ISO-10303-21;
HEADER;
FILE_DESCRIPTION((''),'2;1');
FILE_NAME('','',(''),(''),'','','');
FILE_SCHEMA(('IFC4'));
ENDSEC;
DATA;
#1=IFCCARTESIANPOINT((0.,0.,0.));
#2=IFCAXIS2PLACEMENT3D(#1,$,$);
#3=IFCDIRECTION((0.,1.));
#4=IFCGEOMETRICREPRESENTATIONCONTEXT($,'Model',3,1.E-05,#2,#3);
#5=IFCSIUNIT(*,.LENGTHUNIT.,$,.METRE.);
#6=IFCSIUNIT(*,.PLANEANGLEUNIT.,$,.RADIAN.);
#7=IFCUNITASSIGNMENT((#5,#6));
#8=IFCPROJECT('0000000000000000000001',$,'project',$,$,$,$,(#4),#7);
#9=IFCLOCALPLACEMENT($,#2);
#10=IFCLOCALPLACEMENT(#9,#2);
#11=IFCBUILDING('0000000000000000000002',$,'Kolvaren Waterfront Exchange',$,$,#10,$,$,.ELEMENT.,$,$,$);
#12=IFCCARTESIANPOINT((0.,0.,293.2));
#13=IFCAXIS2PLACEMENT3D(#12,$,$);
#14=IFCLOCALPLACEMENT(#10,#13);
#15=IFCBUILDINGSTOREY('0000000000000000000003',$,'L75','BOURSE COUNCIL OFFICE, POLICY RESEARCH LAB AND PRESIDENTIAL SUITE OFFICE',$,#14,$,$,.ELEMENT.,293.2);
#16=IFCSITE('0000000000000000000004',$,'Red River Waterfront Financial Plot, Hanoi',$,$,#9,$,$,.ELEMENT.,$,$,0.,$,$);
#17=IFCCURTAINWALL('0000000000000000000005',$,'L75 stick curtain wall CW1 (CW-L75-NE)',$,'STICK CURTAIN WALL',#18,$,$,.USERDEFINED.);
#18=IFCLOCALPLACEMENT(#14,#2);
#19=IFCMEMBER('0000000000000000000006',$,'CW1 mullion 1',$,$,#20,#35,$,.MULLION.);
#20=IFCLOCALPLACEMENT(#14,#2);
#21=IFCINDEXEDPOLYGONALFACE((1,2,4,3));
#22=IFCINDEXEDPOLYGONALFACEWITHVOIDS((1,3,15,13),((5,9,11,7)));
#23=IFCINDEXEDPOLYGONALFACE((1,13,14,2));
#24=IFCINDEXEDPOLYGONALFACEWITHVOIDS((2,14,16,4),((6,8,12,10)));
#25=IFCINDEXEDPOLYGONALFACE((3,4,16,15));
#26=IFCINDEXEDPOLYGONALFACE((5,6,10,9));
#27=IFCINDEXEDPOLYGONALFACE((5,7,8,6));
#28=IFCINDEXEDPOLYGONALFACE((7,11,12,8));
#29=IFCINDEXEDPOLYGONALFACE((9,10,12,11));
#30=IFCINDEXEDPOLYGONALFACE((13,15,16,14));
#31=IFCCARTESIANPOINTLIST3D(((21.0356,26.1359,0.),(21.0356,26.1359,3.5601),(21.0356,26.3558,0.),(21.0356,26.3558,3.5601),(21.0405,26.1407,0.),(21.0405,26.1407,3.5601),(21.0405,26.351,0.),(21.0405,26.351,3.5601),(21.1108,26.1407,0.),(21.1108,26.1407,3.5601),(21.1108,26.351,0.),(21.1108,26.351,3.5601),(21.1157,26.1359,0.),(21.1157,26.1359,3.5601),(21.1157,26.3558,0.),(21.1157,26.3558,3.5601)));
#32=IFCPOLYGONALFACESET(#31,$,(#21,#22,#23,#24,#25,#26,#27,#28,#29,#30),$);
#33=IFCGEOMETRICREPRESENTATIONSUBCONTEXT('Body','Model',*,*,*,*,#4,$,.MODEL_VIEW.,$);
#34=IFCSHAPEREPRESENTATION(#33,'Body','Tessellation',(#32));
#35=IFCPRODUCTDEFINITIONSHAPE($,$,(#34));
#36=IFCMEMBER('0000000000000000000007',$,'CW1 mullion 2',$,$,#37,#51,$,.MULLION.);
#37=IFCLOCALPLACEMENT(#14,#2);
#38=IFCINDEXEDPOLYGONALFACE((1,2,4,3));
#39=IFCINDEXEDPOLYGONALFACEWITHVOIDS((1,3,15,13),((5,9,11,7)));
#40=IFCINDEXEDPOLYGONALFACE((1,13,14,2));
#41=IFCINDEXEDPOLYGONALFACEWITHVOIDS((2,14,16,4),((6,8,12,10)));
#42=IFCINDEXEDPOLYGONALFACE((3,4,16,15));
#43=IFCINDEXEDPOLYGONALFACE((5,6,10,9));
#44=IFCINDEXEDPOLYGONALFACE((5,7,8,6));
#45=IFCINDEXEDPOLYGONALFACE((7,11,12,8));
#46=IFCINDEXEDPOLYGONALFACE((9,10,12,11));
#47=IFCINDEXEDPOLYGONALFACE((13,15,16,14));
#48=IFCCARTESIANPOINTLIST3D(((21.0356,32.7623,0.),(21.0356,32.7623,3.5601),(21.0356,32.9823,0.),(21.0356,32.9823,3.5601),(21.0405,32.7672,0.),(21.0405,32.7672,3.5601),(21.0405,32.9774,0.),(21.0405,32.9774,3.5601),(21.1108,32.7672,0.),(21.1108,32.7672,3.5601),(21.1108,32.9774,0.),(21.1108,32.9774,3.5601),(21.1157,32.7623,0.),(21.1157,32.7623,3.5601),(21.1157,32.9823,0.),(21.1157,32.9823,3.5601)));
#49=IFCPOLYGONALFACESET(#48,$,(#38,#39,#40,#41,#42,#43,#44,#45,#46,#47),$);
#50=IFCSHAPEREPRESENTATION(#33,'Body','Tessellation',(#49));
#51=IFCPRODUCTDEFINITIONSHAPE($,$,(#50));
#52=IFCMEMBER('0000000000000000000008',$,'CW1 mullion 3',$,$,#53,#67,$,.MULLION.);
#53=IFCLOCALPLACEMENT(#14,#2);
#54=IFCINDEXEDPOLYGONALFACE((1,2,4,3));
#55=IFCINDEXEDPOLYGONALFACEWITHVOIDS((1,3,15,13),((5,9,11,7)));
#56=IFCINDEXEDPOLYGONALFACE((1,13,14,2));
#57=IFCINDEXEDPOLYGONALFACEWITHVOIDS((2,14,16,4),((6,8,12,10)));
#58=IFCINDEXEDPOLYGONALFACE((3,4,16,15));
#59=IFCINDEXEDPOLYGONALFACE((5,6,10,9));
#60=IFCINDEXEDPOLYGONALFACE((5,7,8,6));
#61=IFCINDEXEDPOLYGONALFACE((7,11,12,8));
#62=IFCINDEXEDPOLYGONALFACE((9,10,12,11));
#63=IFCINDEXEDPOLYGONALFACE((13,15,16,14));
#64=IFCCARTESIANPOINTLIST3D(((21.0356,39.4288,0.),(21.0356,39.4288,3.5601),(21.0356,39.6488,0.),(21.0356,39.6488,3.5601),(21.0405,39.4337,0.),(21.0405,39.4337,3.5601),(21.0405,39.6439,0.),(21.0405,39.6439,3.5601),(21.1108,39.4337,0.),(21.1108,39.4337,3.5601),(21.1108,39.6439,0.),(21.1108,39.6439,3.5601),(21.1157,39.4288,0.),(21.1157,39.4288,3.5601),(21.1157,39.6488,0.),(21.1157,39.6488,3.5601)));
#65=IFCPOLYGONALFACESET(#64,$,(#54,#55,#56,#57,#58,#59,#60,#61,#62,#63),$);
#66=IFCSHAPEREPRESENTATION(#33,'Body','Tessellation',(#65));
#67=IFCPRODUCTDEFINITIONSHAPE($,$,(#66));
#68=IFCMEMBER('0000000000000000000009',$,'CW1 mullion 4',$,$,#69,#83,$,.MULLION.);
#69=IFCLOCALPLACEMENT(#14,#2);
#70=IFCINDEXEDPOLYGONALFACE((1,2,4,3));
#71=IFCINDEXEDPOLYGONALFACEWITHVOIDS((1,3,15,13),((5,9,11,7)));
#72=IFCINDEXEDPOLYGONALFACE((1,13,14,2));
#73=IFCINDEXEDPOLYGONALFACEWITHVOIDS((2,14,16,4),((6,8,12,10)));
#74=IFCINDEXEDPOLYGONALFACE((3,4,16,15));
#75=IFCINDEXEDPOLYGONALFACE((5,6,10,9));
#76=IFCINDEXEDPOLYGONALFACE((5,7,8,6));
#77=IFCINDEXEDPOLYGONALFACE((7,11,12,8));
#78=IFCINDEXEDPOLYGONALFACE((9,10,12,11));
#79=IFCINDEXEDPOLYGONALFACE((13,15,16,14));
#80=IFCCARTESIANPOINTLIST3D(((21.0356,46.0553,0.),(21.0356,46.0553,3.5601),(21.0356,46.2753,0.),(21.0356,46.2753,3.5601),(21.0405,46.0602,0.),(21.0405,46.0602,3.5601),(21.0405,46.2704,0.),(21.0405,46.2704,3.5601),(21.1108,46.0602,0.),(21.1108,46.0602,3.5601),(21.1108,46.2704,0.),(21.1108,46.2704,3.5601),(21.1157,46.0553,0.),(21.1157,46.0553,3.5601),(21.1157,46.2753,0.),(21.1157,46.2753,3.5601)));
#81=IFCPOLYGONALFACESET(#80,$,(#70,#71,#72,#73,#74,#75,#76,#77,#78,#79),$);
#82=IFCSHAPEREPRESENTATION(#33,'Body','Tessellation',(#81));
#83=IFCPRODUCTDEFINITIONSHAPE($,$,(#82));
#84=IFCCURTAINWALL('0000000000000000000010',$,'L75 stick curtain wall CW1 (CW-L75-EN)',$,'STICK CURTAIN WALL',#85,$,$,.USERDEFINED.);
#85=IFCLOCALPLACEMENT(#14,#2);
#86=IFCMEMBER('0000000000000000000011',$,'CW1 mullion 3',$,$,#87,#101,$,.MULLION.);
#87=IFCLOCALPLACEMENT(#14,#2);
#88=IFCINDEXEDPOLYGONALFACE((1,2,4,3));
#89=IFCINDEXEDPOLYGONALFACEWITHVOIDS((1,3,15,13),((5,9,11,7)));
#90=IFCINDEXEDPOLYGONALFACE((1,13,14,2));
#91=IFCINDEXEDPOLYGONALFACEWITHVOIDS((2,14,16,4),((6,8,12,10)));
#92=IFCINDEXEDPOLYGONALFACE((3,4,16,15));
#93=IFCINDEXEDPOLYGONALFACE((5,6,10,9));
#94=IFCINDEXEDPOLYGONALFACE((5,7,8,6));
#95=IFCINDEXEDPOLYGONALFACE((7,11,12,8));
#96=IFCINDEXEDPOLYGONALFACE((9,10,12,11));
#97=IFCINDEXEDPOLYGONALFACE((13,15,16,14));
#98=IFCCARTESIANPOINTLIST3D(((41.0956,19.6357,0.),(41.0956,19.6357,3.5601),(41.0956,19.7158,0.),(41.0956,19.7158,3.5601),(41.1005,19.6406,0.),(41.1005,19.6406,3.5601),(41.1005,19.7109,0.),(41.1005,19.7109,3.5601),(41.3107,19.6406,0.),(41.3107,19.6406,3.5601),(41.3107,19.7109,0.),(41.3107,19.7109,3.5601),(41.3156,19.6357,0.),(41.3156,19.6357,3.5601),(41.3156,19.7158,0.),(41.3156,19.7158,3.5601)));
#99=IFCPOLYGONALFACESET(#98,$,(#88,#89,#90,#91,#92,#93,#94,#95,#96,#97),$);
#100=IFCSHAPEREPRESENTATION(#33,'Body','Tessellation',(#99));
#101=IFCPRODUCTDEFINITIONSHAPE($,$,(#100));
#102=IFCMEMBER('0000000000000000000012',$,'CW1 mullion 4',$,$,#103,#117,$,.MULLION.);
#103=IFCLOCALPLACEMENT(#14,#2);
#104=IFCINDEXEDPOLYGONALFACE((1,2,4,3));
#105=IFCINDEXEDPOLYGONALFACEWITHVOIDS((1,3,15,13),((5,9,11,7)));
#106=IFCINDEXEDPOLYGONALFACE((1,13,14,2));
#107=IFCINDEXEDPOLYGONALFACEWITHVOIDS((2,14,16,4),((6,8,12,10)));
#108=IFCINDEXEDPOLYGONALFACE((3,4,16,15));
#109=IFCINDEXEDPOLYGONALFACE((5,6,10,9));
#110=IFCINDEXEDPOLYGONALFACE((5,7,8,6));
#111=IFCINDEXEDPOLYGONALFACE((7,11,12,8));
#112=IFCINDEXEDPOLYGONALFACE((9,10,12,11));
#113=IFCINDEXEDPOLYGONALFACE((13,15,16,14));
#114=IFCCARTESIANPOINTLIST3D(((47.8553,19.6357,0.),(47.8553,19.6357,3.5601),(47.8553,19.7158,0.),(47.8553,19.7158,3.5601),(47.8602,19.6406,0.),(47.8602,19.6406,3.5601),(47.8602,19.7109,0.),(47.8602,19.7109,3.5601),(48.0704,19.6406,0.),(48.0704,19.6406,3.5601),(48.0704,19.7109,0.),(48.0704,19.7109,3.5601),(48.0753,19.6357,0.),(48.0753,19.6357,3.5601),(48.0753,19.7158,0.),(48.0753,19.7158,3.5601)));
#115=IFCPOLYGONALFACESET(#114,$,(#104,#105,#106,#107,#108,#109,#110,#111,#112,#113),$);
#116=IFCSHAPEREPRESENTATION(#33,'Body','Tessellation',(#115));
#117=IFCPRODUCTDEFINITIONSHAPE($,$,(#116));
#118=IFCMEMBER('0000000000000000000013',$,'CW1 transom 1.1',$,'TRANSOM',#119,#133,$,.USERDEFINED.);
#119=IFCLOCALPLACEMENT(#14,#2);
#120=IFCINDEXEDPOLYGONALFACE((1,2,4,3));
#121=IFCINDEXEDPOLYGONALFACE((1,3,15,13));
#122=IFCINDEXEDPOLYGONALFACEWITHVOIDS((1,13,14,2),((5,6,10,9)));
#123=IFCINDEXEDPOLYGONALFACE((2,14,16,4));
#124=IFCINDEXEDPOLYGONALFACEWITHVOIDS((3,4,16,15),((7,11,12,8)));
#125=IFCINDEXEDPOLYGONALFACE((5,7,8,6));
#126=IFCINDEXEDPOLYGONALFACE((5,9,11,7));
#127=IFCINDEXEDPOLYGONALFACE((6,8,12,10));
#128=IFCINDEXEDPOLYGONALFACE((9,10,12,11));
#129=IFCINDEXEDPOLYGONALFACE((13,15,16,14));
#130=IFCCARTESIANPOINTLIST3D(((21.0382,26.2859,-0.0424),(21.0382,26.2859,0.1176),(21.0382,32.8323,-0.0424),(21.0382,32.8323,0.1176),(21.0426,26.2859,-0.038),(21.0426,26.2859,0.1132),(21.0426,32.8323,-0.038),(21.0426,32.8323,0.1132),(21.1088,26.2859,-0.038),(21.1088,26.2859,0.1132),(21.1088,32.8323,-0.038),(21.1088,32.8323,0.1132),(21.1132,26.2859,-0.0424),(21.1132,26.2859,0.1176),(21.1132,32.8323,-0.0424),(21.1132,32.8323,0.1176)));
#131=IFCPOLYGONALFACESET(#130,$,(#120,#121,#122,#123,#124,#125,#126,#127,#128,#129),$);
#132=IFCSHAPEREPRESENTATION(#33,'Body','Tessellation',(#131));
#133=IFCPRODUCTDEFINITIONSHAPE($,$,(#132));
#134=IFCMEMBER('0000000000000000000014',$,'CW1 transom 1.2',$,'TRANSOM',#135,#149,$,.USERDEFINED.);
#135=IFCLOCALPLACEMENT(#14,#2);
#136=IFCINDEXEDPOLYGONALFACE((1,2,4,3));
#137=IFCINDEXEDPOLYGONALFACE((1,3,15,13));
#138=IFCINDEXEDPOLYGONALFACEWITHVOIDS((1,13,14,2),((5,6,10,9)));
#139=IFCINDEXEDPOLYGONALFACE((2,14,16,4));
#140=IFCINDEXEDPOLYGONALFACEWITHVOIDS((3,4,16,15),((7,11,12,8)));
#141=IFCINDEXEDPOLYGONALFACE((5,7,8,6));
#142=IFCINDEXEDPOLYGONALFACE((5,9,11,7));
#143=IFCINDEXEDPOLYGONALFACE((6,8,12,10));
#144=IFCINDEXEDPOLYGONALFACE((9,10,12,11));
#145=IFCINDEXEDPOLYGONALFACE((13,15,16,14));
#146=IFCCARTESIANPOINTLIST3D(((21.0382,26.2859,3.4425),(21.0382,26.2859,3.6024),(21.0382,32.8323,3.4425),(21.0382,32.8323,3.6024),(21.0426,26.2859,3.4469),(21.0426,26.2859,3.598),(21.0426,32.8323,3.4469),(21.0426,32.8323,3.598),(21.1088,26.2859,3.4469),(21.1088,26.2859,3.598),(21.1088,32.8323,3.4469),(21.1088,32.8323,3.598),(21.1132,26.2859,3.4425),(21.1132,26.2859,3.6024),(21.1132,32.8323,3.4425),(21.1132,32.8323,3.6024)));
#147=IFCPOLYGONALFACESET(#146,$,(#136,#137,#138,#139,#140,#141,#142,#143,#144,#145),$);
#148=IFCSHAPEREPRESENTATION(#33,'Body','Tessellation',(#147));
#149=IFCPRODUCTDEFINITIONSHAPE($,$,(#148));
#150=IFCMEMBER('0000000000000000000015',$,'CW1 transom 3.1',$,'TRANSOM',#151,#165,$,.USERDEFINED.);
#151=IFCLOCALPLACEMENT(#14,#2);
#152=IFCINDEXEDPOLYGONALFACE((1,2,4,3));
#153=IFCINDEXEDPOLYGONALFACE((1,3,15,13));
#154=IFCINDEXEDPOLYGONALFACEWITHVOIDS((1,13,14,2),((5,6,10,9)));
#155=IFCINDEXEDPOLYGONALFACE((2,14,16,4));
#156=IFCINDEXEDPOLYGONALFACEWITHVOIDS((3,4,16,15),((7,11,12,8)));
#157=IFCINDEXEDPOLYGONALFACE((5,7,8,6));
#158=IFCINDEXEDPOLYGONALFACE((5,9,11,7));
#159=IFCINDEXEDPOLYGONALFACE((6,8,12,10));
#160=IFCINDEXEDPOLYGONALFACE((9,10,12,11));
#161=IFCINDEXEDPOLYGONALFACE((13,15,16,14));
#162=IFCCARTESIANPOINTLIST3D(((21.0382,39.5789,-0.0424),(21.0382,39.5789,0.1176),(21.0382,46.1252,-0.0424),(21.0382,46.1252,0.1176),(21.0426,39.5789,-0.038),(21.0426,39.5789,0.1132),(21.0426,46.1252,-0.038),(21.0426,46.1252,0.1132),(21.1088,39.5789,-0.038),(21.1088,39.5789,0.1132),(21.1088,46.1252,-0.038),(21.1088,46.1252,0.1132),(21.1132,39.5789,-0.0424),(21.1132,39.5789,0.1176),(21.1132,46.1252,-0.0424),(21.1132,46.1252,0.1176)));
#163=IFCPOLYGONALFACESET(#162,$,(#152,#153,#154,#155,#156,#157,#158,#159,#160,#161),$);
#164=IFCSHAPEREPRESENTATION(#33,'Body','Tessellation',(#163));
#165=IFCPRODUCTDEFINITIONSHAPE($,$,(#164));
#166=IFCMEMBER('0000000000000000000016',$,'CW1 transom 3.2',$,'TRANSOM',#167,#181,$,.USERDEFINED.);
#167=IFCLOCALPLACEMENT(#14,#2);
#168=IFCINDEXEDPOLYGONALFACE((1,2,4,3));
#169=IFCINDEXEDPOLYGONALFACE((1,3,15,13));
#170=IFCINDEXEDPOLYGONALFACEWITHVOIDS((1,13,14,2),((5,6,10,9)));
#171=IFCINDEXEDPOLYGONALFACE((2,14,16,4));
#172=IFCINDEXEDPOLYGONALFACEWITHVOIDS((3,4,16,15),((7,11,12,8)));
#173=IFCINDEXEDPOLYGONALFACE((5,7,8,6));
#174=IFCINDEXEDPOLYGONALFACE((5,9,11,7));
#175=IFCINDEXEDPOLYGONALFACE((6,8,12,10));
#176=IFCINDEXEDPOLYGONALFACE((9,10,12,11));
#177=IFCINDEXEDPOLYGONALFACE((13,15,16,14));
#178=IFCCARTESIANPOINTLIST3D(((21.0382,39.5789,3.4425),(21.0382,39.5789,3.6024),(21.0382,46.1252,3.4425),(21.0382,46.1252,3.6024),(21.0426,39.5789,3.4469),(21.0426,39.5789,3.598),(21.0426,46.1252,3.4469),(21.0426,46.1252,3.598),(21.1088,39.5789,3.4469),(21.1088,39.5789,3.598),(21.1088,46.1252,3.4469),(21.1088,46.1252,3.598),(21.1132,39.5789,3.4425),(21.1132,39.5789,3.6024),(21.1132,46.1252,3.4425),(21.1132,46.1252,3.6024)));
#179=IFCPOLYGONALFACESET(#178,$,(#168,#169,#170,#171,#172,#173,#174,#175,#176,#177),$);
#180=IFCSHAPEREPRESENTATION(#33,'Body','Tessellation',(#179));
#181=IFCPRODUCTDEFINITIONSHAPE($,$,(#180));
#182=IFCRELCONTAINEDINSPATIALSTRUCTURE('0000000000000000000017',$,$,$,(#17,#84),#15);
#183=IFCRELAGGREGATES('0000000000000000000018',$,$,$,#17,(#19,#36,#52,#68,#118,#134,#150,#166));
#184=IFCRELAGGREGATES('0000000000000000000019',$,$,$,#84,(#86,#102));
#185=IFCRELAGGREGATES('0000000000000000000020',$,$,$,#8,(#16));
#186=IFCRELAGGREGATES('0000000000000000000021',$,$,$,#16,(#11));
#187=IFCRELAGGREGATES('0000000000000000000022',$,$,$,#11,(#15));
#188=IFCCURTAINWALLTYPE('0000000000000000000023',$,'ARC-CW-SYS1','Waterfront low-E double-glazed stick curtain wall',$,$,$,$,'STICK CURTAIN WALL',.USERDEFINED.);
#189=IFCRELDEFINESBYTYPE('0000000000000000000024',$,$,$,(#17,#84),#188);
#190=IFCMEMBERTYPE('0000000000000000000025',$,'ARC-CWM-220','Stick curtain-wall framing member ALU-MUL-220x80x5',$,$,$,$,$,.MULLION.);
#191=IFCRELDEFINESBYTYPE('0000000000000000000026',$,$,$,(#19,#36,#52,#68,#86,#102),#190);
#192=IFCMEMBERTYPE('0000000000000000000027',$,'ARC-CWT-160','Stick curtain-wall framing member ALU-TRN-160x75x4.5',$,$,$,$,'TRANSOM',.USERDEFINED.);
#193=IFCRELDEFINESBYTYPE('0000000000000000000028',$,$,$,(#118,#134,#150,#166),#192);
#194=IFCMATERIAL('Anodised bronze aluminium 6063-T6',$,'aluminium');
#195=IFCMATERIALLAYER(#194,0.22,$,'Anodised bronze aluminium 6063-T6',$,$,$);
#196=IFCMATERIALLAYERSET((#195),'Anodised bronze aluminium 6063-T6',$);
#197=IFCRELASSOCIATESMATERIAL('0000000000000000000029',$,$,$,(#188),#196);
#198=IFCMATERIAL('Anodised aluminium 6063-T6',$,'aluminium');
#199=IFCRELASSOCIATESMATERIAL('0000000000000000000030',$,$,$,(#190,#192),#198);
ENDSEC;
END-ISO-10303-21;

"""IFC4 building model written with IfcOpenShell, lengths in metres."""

from ifc_helpers import new_model, si_unit, direction, frame, origin, origin_with_axes, origin_2d, place, context, subcontext, project, spatial, hollow_rectangle, extrude, source, transform, mapped, material, layer, layer_set, material_profile, profile_set, type_object, element, aggregate, save


model = new_model("IFC4")

# Units and contexts
model_context = context("Model", 3, precision=1e-05, world=origin(), true_north=direction((0.0, 1.0)))
body_context = subcontext(model_context, "Body", "Model", "MODEL_VIEW")
ifc_project = project(units=[si_unit("LENGTHUNIT", "METRE"), si_unit("PLANEANGLEUNIT", "RADIAN")], contexts=[model_context])

# Site, building, storey
site_placement = place(None, origin())
site = spatial("IfcSite", under=ifc_project, at=site_placement, Name="Red River Waterfront Financial Plot, Hanoi", CompositionType="ELEMENT", RefElevation=0.0)
building_placement = place(site_placement, origin())
building = spatial("IfcBuilding", under=site, at=building_placement, Name="Kolvaren Waterfront Exchange", CompositionType="ELEMENT")
storey_placement = place(building_placement, frame((0.0, 0.0, 293.2)))
storey = spatial("IfcBuildingStorey", under=building, at=storey_placement, Name="L75", Description="BOURSE COUNCIL OFFICE, POLICY RESEARCH LAB AND PRESIDENTIAL SUITE OFFICE", CompositionType="ELEMENT", Elevation=293.2)

# Curtain walls, members
ifc_material_1 = material(Name="Anodised bronze aluminium 6063-T6", Category="aluminium")
ifc_layer_1 = layer(ifc_material_1, 0.22, Name="Anodised bronze aluminium 6063-T6")
ifc_layer_set_1 = layer_set([ifc_layer_1], Name="Anodised bronze aluminium 6063-T6")
curtain_wall_type = type_object("IfcCurtainWallType", Name="ARC-CW-SYS1", Description="Waterfront low-E double-glazed stick curtain wall", ElementType="STICK CURTAIN WALL", PredefinedType="USERDEFINED", material=ifc_layer_set_1)
curtain_wall_1_placement = place(storey_placement, origin())
curtain_wall_1 = element("IfcCurtainWall", 1, at=curtain_wall_1_placement, inside=storey, type_object=curtain_wall_type, Name="L75 stick curtain wall CW1 (CW-L75-NE)", ObjectType="STICK CURTAIN WALL", PredefinedType="USERDEFINED")
ifc_material_2 = material(Name="Anodised aluminium 6063-T6", Category="aluminium")
ifc_material_profile_1 = material_profile(ifc_material_2, hollow_rectangle(XDim=0.0801, YDim=0.22, WallThickness=0.0049, at=origin_2d()), Name="ALU-MUL-220x80x5")
ifc_profile_set_1 = profile_set([ifc_material_profile_1], Name="Anodised aluminium 6063-T6")
member_type_1 = type_object("IfcMemberType", Name="ARC-CWM-220", Description="Stick curtain-wall framing member ALU-MUL-220x80x5", PredefinedType="MULLION", material=ifc_profile_set_1)
shared_shape_1 = source(origin_with_axes(), body_context, "Body", "SweptSolid", [
    extrude(hollow_rectangle(XDim=0.0801, YDim=0.22, WallThickness=0.0049, at=origin_2d()), origin(), (0.0, 0.0, 1.0), 3.5601),
])
member_1_placement = place(storey_placement, frame((21.0757, 26.2458, 0.0), z_axis=(0.0, 0.0, 1.0), x_axis=(-1.0, 0.0, 0.0)))
member_1 = element("IfcMember", 2, at=member_1_placement, type_object=member_type_1, Name="CW1 mullion 1", PredefinedType="MULLION", context=body_context, shape_type="MappedRepresentation", body=[
    mapped(shared_shape_1, transform((0.0, 0.0, 0.0), x_axis=(1.0, 0.0, 0.0), y_axis=(0.0, 1.0, 0.0), z_axis=(0.0, 0.0, 1.0), scale=1.0)),
])
member_2_placement = place(storey_placement, frame((21.0757, 32.8723, 0.0), z_axis=(0.0, 0.0, 1.0), x_axis=(-1.0, 0.0, 0.0)))
member_2 = element("IfcMember", 3, at=member_2_placement, type_object=member_type_1, Name="CW1 mullion 2", PredefinedType="MULLION", context=body_context, shape_type="MappedRepresentation", body=[
    mapped(shared_shape_1, transform((0.0, 0.0, 0.0), x_axis=(1.0, 0.0, 0.0), y_axis=(0.0, 1.0, 0.0), z_axis=(0.0, 0.0, 1.0), scale=1.0)),
])
member_3_placement = place(storey_placement, frame((21.0757, 39.5388, 0.0), z_axis=(0.0, 0.0, 1.0), x_axis=(-1.0, 0.0, 0.0)))
member_3 = element("IfcMember", 4, at=member_3_placement, type_object=member_type_1, Name="CW1 mullion 3", PredefinedType="MULLION", context=body_context, shape_type="MappedRepresentation", body=[
    mapped(shared_shape_1, transform((0.0, 0.0, 0.0), x_axis=(1.0, 0.0, 0.0), y_axis=(0.0, 1.0, 0.0), z_axis=(0.0, 0.0, 1.0), scale=1.0)),
])
member_4_placement = place(storey_placement, frame((21.0757, 46.1653, 0.0), z_axis=(0.0, 0.0, 1.0), x_axis=(-1.0, 0.0, 0.0)))
member_4 = element("IfcMember", 5, at=member_4_placement, type_object=member_type_1, Name="CW1 mullion 4", PredefinedType="MULLION", context=body_context, shape_type="MappedRepresentation", body=[
    mapped(shared_shape_1, transform((0.0, 0.0, 0.0), x_axis=(1.0, 0.0, 0.0), y_axis=(0.0, 1.0, 0.0), z_axis=(0.0, 0.0, 1.0), scale=1.0)),
])
curtain_wall_2_placement = place(storey_placement, origin())
curtain_wall_2 = element("IfcCurtainWall", 6, at=curtain_wall_2_placement, inside=storey, type_object=curtain_wall_type, Name="L75 stick curtain wall CW1 (CW-L75-EN)", ObjectType="STICK CURTAIN WALL", PredefinedType="USERDEFINED")
member_5_placement = place(storey_placement, frame((41.2056, 19.6758, 0.0), z_axis=(0.0, 0.0, 1.0), x_axis=(0.0, 1.0, 0.0)))
member_5 = element("IfcMember", 7, at=member_5_placement, type_object=member_type_1, Name="CW1 mullion 3", PredefinedType="MULLION", context=body_context, shape_type="MappedRepresentation", body=[
    mapped(shared_shape_1, transform((0.0, 0.0, 0.0), x_axis=(1.0, 0.0, 0.0), y_axis=(0.0, 1.0, 0.0), z_axis=(0.0, 0.0, 1.0), scale=1.0)),
])
member_6_placement = place(storey_placement, frame((47.9653, 19.6758, 0.0), z_axis=(0.0, 0.0, 1.0), x_axis=(0.0, 1.0, 0.0)))
member_6 = element("IfcMember", 8, at=member_6_placement, type_object=member_type_1, Name="CW1 mullion 4", PredefinedType="MULLION", context=body_context, shape_type="MappedRepresentation", body=[
    mapped(shared_shape_1, transform((0.0, 0.0, 0.0), x_axis=(1.0, 0.0, 0.0), y_axis=(0.0, 1.0, 0.0), z_axis=(0.0, 0.0, 1.0), scale=1.0)),
])

# Members
ifc_material_profile_2 = material_profile(ifc_material_2, hollow_rectangle(XDim=0.075, YDim=0.1599, WallThickness=0.0044, at=origin_2d()), Name="ALU-TRN-160x75x4.5")
ifc_profile_set_2 = profile_set([ifc_material_profile_2], Name="Anodised aluminium 6063-T6")
member_type_2 = type_object("IfcMemberType", Name="ARC-CWT-160", Description="Stick curtain-wall framing member ALU-TRN-160x75x4.5", ElementType="TRANSOM", PredefinedType="USERDEFINED", material=ifc_profile_set_2)
shared_shape_2 = source(origin_with_axes(), body_context, "Body", "SweptSolid", [
    extrude(hollow_rectangle(XDim=0.075, YDim=0.1599, WallThickness=0.0044, at=origin_2d()), origin(), (0.0, 0.0, 1.0), 6.5464),
])
member_7_placement = place(storey_placement, frame((21.0757, 26.2859, 0.0376), z_axis=(0.0, 1.0, 0.0), x_axis=(-1.0, 0.0, 0.0)))
member_7 = element("IfcMember", 9, at=member_7_placement, type_object=member_type_2, Name="CW1 transom 1.1", ObjectType="TRANSOM", PredefinedType="USERDEFINED", context=body_context, shape_type="MappedRepresentation", body=[
    mapped(shared_shape_2, transform((0.0, 0.0, 0.0), x_axis=(1.0, 0.0, 0.0), y_axis=(0.0, 1.0, 0.0), z_axis=(0.0, 0.0, 1.0), scale=1.0)),
])
member_8_placement = place(storey_placement, frame((21.0757, 26.2859, 3.5225), z_axis=(0.0, 1.0, 0.0), x_axis=(-1.0, 0.0, 0.0)))
member_8 = element("IfcMember", 10, at=member_8_placement, type_object=member_type_2, Name="CW1 transom 1.2", ObjectType="TRANSOM", PredefinedType="USERDEFINED", context=body_context, shape_type="MappedRepresentation", body=[
    mapped(shared_shape_2, transform((0.0, 0.0, 0.0), x_axis=(1.0, 0.0, 0.0), y_axis=(0.0, 1.0, 0.0), z_axis=(0.0, 0.0, 1.0), scale=1.0)),
])
member_9_placement = place(storey_placement, frame((21.0757, 39.5789, 0.0376), z_axis=(0.0, 1.0, 0.0), x_axis=(-1.0, 0.0, 0.0)))
member_9 = element("IfcMember", 11, at=member_9_placement, type_object=member_type_2, Name="CW1 transom 3.1", ObjectType="TRANSOM", PredefinedType="USERDEFINED", context=body_context, shape_type="MappedRepresentation", body=[
    mapped(shared_shape_2, transform((0.0, 0.0, 0.0), x_axis=(1.0, 0.0, 0.0), y_axis=(0.0, 1.0, 0.0), z_axis=(0.0, 0.0, 1.0), scale=1.0)),
])
member_10_placement = place(storey_placement, frame((21.0757, 39.5789, 3.5225), z_axis=(0.0, 1.0, 0.0), x_axis=(-1.0, 0.0, 0.0)))
member_10 = element("IfcMember", 12, at=member_10_placement, type_object=member_type_2, Name="CW1 transom 3.2", ObjectType="TRANSOM", PredefinedType="USERDEFINED", context=body_context, shape_type="MappedRepresentation", body=[
    mapped(shared_shape_2, transform((0.0, 0.0, 0.0), x_axis=(1.0, 0.0, 0.0), y_axis=(0.0, 1.0, 0.0), z_axis=(0.0, 0.0, 1.0), scale=1.0)),
])

aggregate(curtain_wall_1, [member_1, member_2, member_3, member_4, member_7, member_8, member_9, member_10])
aggregate(curtain_wall_2, [member_5, member_6])

save(model, "model.ifc")
